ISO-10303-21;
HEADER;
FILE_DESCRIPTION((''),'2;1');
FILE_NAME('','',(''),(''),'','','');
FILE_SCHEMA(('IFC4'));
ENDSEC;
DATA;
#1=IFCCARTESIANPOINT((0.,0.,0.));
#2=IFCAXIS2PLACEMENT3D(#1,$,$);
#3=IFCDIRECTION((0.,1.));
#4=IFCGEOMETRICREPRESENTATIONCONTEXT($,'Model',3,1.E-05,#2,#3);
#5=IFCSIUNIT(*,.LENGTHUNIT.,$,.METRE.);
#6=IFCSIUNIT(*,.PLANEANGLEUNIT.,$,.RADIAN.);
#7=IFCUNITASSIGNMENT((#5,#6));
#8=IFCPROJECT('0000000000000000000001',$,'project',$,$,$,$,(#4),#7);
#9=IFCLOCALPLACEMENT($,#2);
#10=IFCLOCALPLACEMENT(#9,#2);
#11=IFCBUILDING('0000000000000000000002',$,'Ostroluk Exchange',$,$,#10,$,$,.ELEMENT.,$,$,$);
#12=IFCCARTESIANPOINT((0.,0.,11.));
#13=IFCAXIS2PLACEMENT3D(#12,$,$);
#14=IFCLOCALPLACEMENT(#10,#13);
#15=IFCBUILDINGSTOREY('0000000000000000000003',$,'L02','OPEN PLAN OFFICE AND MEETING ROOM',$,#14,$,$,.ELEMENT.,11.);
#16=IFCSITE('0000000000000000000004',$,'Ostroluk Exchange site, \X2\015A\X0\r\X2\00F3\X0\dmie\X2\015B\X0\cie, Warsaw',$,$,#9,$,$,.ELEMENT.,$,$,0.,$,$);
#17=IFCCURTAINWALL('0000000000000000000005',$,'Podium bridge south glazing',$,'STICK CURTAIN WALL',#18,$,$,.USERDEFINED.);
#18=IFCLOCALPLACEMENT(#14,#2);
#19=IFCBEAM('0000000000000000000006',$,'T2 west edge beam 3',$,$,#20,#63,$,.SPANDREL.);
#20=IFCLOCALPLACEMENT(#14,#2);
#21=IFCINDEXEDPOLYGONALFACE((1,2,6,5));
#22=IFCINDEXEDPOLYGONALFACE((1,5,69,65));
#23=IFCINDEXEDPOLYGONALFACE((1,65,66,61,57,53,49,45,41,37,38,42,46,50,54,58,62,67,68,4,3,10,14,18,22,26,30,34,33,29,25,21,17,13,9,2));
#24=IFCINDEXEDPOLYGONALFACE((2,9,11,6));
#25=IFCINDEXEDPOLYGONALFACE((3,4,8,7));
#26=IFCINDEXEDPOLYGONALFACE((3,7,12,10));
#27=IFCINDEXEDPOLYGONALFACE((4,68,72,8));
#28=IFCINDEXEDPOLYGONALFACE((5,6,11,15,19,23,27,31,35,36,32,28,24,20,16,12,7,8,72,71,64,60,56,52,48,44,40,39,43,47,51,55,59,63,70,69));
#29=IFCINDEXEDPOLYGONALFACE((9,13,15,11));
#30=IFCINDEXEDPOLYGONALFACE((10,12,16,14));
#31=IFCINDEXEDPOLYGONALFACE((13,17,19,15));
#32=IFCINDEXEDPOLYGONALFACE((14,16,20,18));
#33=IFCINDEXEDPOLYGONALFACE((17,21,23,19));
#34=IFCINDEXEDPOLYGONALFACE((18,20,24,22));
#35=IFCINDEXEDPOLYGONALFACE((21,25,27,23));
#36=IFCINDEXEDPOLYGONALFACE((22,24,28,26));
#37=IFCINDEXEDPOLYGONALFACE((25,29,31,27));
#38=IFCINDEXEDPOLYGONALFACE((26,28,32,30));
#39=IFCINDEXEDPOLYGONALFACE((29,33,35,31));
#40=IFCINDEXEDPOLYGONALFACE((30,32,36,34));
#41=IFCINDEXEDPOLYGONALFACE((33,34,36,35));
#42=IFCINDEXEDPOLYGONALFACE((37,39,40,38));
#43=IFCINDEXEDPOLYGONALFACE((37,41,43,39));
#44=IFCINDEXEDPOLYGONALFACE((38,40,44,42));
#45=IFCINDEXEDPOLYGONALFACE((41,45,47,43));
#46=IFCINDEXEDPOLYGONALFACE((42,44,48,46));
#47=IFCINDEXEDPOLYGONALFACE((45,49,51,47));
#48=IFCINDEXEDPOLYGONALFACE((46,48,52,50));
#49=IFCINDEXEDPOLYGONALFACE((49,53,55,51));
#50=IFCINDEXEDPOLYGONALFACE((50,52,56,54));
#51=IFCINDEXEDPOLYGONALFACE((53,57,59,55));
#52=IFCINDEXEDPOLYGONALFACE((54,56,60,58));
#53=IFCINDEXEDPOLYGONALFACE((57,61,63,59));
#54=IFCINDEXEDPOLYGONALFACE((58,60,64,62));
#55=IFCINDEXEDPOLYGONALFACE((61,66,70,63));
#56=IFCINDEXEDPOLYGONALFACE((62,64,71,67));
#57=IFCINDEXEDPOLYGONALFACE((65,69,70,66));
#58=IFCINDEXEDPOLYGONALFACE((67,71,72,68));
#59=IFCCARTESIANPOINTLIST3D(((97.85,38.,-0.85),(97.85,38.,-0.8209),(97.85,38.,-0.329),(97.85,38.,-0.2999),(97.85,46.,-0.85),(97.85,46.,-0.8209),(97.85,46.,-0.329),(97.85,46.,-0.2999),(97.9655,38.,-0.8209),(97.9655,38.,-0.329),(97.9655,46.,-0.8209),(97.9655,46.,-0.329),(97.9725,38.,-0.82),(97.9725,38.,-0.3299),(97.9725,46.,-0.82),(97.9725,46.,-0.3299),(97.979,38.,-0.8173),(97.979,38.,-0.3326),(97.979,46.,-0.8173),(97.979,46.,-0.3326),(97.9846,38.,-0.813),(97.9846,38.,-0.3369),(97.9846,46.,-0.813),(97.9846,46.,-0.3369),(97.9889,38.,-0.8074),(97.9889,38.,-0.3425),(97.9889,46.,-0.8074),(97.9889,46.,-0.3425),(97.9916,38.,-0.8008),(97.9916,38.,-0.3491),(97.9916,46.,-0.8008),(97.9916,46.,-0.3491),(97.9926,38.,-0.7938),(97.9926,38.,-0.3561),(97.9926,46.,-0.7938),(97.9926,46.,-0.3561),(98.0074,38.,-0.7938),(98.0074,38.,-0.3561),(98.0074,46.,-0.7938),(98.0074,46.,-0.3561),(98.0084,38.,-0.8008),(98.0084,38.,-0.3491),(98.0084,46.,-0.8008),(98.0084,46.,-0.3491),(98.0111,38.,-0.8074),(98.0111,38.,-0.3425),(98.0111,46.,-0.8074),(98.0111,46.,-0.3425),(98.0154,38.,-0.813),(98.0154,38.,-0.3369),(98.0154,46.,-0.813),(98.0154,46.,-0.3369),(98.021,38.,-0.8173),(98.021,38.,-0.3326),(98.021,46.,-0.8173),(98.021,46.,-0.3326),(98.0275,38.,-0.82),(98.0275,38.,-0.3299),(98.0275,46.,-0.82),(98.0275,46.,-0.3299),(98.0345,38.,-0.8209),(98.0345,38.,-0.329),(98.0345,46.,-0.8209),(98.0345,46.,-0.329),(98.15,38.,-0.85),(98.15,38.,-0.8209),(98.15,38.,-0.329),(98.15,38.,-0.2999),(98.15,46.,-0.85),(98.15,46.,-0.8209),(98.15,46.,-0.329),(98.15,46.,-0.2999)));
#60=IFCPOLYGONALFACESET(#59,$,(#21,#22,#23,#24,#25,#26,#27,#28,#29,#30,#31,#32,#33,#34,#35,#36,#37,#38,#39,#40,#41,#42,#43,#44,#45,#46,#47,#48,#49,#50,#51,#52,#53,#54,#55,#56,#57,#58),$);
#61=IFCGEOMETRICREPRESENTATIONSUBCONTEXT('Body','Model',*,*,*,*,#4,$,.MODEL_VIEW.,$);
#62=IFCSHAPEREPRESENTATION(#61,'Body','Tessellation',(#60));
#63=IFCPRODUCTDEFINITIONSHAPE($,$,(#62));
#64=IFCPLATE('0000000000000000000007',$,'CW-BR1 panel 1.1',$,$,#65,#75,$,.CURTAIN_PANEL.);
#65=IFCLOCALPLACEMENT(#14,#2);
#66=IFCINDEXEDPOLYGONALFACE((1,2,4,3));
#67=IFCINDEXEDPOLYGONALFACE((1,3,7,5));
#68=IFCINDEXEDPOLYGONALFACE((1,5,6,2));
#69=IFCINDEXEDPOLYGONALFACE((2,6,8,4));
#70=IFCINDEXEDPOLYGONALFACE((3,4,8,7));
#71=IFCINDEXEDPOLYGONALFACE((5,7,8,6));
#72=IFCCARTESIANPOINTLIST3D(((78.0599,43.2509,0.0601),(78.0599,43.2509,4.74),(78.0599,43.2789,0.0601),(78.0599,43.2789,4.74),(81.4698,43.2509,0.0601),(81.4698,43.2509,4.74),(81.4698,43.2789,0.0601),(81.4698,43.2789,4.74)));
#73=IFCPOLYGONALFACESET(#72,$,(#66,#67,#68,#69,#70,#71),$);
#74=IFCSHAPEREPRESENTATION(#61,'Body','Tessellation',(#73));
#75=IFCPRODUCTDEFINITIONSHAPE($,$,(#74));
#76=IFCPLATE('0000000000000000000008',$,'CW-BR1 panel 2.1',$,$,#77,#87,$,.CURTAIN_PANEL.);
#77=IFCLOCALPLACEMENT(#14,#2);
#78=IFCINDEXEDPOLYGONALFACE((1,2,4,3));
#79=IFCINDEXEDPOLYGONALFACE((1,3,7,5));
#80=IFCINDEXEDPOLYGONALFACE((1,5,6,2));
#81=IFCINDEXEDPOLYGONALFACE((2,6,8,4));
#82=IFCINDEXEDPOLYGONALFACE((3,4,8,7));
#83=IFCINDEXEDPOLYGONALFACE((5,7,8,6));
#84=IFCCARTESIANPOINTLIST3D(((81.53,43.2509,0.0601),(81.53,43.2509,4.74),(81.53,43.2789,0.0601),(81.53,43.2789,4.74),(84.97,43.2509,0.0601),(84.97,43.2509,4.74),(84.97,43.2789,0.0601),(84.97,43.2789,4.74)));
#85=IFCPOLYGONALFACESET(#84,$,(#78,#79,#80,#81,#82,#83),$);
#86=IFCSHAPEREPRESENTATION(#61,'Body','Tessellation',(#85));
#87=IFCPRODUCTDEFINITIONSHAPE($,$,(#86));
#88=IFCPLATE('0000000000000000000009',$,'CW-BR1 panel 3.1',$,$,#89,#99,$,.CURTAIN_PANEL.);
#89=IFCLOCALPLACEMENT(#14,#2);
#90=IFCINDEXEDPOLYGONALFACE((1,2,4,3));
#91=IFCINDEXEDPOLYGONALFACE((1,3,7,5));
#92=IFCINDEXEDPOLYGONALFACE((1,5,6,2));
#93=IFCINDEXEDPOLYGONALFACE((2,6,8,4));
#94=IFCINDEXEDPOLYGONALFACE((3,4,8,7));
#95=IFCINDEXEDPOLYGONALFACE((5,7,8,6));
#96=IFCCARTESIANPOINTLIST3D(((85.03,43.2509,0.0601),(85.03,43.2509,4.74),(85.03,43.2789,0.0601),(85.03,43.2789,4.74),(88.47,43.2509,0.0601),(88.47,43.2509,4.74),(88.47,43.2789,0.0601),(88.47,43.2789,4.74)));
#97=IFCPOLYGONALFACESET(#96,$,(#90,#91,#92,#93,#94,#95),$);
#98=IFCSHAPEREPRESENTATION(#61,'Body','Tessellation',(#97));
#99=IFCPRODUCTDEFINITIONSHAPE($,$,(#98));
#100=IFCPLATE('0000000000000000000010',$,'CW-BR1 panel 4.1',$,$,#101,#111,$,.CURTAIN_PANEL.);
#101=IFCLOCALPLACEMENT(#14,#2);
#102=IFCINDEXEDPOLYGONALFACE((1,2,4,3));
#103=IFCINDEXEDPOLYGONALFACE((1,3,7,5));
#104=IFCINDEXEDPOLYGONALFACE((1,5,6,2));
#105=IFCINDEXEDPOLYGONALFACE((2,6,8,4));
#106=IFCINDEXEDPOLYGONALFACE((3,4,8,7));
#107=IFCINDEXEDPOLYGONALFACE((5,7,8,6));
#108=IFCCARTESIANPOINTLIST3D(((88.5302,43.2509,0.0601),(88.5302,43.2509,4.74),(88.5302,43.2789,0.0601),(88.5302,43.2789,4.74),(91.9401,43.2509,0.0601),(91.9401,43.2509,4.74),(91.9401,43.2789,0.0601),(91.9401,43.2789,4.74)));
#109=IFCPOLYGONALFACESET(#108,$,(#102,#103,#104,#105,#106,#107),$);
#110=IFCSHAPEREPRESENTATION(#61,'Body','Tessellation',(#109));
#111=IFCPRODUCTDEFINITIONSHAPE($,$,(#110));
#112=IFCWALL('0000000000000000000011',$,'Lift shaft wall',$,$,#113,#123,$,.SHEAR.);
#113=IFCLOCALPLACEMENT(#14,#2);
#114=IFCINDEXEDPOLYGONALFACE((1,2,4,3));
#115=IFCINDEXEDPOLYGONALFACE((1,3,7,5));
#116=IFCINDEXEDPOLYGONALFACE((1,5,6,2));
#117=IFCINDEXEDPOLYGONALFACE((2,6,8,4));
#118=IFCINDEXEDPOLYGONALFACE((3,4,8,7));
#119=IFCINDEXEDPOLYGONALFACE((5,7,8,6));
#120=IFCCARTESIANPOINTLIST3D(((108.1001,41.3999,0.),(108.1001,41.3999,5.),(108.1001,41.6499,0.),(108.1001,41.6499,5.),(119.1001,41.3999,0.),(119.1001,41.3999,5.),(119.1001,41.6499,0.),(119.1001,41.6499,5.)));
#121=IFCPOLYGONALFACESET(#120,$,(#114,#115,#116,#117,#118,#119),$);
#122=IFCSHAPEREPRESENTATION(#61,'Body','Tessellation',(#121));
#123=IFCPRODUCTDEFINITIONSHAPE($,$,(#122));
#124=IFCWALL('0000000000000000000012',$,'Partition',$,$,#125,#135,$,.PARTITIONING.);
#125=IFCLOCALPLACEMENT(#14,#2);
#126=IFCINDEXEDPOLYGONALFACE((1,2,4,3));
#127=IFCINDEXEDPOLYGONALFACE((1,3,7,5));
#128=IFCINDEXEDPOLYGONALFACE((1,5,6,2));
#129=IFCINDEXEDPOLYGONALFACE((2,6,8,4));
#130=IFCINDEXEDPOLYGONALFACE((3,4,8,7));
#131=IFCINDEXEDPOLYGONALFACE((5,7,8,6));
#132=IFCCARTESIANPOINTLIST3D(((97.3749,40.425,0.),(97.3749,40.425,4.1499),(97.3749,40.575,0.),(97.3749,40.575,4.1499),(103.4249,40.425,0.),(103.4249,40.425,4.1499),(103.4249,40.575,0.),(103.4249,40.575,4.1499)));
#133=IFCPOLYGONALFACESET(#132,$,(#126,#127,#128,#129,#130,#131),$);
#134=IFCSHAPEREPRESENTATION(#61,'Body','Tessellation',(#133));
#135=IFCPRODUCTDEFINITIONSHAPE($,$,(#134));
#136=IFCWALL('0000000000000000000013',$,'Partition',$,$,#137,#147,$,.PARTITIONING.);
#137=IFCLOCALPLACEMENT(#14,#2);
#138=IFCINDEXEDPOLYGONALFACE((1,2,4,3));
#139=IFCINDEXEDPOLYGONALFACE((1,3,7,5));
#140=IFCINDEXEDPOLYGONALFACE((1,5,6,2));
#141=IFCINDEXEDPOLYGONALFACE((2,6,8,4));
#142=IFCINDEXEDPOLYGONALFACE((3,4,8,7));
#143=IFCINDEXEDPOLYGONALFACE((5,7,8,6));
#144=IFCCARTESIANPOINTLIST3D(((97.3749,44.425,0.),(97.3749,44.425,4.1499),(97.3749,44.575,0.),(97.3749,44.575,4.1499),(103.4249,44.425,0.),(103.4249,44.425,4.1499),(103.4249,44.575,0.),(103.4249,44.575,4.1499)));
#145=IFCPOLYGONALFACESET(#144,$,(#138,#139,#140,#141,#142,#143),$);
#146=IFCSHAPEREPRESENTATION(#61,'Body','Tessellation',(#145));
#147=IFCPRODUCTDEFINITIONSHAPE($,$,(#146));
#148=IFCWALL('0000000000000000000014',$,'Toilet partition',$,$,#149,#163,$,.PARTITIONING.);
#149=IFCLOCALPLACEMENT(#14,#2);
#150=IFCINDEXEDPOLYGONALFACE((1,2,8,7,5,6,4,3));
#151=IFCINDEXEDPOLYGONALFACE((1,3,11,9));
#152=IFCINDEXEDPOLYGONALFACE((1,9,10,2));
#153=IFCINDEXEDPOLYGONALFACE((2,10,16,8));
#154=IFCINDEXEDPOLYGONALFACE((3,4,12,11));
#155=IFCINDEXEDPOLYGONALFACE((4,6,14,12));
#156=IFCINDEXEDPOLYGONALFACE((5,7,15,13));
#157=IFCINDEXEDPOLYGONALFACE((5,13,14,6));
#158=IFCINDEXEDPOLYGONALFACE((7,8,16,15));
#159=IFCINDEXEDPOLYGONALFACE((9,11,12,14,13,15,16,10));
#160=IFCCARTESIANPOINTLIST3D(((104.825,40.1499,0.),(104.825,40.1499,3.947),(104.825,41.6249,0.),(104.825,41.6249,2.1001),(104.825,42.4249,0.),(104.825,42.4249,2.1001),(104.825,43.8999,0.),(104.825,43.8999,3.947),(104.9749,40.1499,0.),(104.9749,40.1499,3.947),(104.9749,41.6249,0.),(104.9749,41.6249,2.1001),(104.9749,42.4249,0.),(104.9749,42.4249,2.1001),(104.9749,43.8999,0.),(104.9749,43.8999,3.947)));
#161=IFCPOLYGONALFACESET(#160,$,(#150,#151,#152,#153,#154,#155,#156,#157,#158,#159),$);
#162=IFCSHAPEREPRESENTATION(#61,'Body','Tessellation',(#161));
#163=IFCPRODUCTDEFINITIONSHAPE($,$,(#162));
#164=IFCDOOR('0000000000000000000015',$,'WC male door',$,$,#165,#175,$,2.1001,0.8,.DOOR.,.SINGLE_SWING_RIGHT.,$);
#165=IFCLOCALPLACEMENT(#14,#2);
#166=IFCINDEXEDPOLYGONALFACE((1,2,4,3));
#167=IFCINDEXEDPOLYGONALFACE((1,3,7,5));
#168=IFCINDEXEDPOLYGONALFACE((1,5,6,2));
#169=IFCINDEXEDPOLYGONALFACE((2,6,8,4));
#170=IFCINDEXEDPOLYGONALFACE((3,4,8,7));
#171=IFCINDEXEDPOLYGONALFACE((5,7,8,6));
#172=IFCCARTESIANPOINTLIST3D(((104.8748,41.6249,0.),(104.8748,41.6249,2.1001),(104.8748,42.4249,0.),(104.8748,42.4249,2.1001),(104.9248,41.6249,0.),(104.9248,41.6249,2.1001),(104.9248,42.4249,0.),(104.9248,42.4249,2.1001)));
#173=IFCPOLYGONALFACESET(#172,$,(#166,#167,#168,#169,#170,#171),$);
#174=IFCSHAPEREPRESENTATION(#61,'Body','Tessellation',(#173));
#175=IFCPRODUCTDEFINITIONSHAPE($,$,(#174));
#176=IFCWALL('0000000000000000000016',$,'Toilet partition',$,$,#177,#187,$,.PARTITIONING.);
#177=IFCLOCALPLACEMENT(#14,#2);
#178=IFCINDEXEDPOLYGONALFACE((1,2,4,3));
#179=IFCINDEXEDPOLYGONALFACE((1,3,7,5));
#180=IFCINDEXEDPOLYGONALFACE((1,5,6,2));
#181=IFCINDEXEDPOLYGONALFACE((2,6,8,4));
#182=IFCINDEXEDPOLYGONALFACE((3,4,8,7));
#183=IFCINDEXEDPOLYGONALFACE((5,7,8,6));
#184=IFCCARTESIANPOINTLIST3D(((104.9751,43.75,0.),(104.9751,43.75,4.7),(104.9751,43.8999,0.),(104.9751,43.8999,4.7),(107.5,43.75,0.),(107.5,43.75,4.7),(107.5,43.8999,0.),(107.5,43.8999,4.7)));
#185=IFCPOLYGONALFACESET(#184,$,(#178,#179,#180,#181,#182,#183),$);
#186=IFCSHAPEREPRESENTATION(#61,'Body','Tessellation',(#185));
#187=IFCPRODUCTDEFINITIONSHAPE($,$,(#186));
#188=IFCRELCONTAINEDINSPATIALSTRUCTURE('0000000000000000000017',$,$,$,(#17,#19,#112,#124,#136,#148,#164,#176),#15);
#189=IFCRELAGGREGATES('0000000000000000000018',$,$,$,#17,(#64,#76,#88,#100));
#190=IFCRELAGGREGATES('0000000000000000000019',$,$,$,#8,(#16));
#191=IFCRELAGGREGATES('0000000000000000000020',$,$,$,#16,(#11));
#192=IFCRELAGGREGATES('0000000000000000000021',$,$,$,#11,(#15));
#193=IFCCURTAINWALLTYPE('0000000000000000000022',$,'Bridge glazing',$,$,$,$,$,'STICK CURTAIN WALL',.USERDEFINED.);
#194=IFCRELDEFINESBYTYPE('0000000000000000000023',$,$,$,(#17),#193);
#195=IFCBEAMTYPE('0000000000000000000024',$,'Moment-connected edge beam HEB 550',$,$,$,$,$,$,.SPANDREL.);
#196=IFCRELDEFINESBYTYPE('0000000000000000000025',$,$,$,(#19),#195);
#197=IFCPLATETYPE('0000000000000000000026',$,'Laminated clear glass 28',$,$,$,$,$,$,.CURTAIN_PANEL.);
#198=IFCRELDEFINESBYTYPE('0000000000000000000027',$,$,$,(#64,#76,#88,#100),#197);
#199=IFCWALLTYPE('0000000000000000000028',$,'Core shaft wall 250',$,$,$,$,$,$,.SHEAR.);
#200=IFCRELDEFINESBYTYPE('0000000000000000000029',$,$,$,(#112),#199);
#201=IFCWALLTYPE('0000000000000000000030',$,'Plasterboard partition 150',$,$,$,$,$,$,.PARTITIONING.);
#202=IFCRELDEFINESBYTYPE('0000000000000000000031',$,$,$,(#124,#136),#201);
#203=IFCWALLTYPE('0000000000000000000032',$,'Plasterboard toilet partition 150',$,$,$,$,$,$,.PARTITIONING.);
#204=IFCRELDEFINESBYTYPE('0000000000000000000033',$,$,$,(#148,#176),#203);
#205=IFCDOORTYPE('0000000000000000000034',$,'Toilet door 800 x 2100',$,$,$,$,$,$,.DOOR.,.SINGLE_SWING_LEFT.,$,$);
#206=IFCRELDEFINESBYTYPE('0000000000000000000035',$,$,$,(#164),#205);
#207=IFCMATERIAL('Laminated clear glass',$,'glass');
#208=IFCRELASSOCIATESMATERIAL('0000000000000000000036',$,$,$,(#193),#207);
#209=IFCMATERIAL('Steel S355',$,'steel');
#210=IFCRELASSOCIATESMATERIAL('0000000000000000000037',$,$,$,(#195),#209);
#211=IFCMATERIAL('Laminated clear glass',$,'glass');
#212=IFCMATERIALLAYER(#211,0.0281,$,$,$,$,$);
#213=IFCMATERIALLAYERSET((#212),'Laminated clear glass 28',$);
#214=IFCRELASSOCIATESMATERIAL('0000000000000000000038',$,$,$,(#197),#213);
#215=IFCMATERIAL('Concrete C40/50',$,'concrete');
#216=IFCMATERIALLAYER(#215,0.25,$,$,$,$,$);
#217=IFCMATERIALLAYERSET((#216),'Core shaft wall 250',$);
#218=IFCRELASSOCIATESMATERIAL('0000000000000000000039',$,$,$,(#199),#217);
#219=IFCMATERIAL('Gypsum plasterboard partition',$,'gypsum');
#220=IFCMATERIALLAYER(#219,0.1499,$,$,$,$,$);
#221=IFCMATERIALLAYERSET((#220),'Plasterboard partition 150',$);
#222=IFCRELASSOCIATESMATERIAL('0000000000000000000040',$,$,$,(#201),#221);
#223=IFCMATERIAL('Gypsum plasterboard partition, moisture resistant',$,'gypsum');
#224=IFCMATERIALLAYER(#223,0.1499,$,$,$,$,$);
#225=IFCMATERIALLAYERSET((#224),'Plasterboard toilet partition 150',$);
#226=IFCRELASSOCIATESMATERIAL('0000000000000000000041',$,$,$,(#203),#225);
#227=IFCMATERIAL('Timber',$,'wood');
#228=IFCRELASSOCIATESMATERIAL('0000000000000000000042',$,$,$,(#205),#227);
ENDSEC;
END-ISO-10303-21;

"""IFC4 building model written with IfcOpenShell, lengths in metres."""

from ifc_helpers import new_model, si_unit, direction, frame, frame_2d, origin, origin_2d, place, context, subcontext, project, spatial, rectangle, i_section, extrude, material, layer, layer_set, material_profile, profile_set, type_object, element, fill, aggregate, save


model = new_model("IFC4")

# Units and contexts
model_context = context("Model", 3, precision=1e-05, world=origin(), true_north=direction((0.0, 1.0)))
body_context = subcontext(model_context, "Body", "Model", "MODEL_VIEW")
ifc_project = project(units=[si_unit("LENGTHUNIT", "METRE"), si_unit("PLANEANGLEUNIT", "RADIAN")], contexts=[model_context])

# Site, building, storey
site_placement = place(None, origin())
site = spatial("IfcSite", under=ifc_project, at=site_placement, Name="Ostroluk Exchange site, Śródmieście, Warsaw", CompositionType="ELEMENT", RefElevation=0.0)
building_placement = place(site_placement, origin())
building = spatial("IfcBuilding", under=site, at=building_placement, Name="Ostroluk Exchange", CompositionType="ELEMENT")
storey_placement = place(building_placement, frame((0.0, 0.0, 11.0)))
storey = spatial("IfcBuildingStorey", under=building, at=storey_placement, Name="L02", Description="OPEN PLAN OFFICE AND MEETING ROOM", CompositionType="ELEMENT", Elevation=11.0)

# Curtain wall
ifc_material_1 = material(Name="Laminated clear glass", Category="glass")
curtain_wall_type = type_object("IfcCurtainWallType", Name="Bridge glazing", ElementType="STICK CURTAIN WALL", PredefinedType="USERDEFINED", material=ifc_material_1)
curtain_wall_placement = place(storey_placement, origin())
curtain_wall = element("IfcCurtainWall", 1, at=curtain_wall_placement, inside=storey, type_object=curtain_wall_type, Name="Podium bridge south glazing", ObjectType="STICK CURTAIN WALL", PredefinedType="USERDEFINED")

# Beam
ifc_material_2 = material(Name="Steel S355", Category="steel")
ifc_material_profile_1 = material_profile(ifc_material_2, i_section(OverallWidth=0.3, OverallDepth=0.55, WebThickness=0.0149, FlangeThickness=0.0291, FilletRadius=0.0271, at=origin_2d()), Name="HEB 550")
ifc_profile_set_1 = profile_set([ifc_material_profile_1], Name="Steel S355")
beam_type_1 = type_object("IfcBeamType", Name="Moment-connected edge beam HEB 550", PredefinedType="SPANDREL", material=ifc_profile_set_1)
beam_1_placement = place(storey_placement, frame((98.0, 46.0, -0.575), z_axis=(0.0, -1.0, 0.0), x_axis=(1.0, 0.0, 0.0)))
element("IfcBeam", 2, at=beam_1_placement, inside=storey, type_object=beam_type_1, Name="T2 west edge beam 3", PredefinedType="SPANDREL", context=body_context, shape_type="SweptSolid", body=[
    extrude(i_section(OverallWidth=0.3, OverallDepth=0.55, WebThickness=0.0149, FlangeThickness=0.0291, FilletRadius=0.0271, at=origin_2d()), origin(), (0.0, 0.0, 1.0), 8.0),
])

# Plates
ifc_material_3 = material(Name="Laminated clear glass", Category="glass")
ifc_layer_1 = layer(ifc_material_3, 0.0281)
ifc_layer_set_1 = layer_set([ifc_layer_1], Name="Laminated clear glass 28")
plate_type = type_object("IfcPlateType", Name="Laminated clear glass 28", PredefinedType="CURTAIN_PANEL", material=ifc_layer_set_1)
plate_1_placement = place(storey_placement, frame((79.7649, 43.2649, 0.0601), z_axis=(0.0, 0.0, 1.0), x_axis=(1.0, 0.0, 0.0)))
plate_1 = element("IfcPlate", 3, at=plate_1_placement, type_object=plate_type, Name="CW-BR1 panel 1.1", PredefinedType="CURTAIN_PANEL", context=body_context, shape_type="SweptSolid", body=[
    extrude(rectangle(XDim=3.4099, YDim=0.0281, at=origin_2d()), origin(), (0.0, 0.0, 1.0), 4.6799),
])
plate_2_placement = place(storey_placement, frame((83.25, 43.2649, 0.0601), z_axis=(0.0, 0.0, 1.0), x_axis=(1.0, 0.0, 0.0)))
plate_2 = element("IfcPlate", 4, at=plate_2_placement, type_object=plate_type, Name="CW-BR1 panel 2.1", PredefinedType="CURTAIN_PANEL", context=body_context, shape_type="SweptSolid", body=[
    extrude(rectangle(XDim=3.4399, YDim=0.0281, at=origin_2d()), origin(), (0.0, 0.0, 1.0), 4.6799),
])
plate_3_placement = place(storey_placement, frame((86.75, 43.2649, 0.0601), z_axis=(0.0, 0.0, 1.0), x_axis=(1.0, 0.0, 0.0)))
plate_3 = element("IfcPlate", 5, at=plate_3_placement, type_object=plate_type, Name="CW-BR1 panel 3.1", PredefinedType="CURTAIN_PANEL", context=body_context, shape_type="SweptSolid", body=[
    extrude(rectangle(XDim=3.4399, YDim=0.0281, at=origin_2d()), origin(), (0.0, 0.0, 1.0), 4.6799),
])
plate_4_placement = place(storey_placement, frame((90.2351, 43.2649, 0.0601), z_axis=(0.0, 0.0, 1.0), x_axis=(1.0, 0.0, 0.0)))
plate_4 = element("IfcPlate", 6, at=plate_4_placement, type_object=plate_type, Name="CW-BR1 panel 4.1", PredefinedType="CURTAIN_PANEL", context=body_context, shape_type="SweptSolid", body=[
    extrude(rectangle(XDim=3.4099, YDim=0.0281, at=origin_2d()), origin(), (0.0, 0.0, 1.0), 4.6799),
])
aggregate(curtain_wall, [plate_1, plate_2, plate_3, plate_4])

# Walls
ifc_material_4 = material(Name="Concrete C40/50", Category="concrete")
ifc_layer_2 = layer(ifc_material_4, 0.25)
ifc_layer_set_2 = layer_set([ifc_layer_2], Name="Core shaft wall 250")
wall_type_1 = type_object("IfcWallType", Name="Core shaft wall 250", PredefinedType="SHEAR", material=ifc_layer_set_2)
wall_1_placement = place(storey_placement, frame((108.1001, 41.5249, 0.0), z_axis=(0.0, 0.0, 1.0), x_axis=(1.0, 0.0, 0.0)))
element("IfcWall", 7, at=wall_1_placement, inside=storey, type_object=wall_type_1, Name="Lift shaft wall", PredefinedType="SHEAR", context=body_context, shape_type="SweptSolid", body=[
    extrude(rectangle(XDim=11.0, YDim=0.25, at=frame_2d((5.5, 0.0))), origin(), (0.0, 0.0, 1.0), 5.0),
])
ifc_material_5 = material(Name="Gypsum plasterboard partition", Category="gypsum")
ifc_layer_3 = layer(ifc_material_5, 0.1499)
ifc_layer_set_3 = layer_set([ifc_layer_3], Name="Plasterboard partition 150")
wall_type_2 = type_object("IfcWallType", Name="Plasterboard partition 150", PredefinedType="PARTITIONING", material=ifc_layer_set_3)
for number, where, z_axis, x_axis, name in (
    (8, (97.375, 40.5, 0.0), (0.0, 0.0, 1.0), (1.0, 0.0, 0.0), "Partition"),
    (9, (97.375, 44.5, 0.0), (0.0, 0.0, 1.0), (1.0, 0.0, 0.0), "Partition"),
):
    element("IfcWall", number, at=place(storey_placement, frame(where, z_axis=z_axis, x_axis=x_axis)), inside=storey, type_object=wall_type_2, Name=name, PredefinedType="PARTITIONING", context=body_context, shape_type="SweptSolid", body=[
        extrude(rectangle(XDim=6.05, YDim=0.1499, at=frame_2d((3.0249, 0.0))), origin(), (0.0, 0.0, 1.0), 4.1499),
    ])

# Wall, opening, door
ifc_material_6 = material(Name="Gypsum plasterboard partition, moisture resistant", Category="gypsum")
ifc_layer_4 = layer(ifc_material_6, 0.1499)
ifc_layer_set_4 = layer_set([ifc_layer_4], Name="Plasterboard toilet partition 150")
wall_type_3 = type_object("IfcWallType", Name="Plasterboard toilet partition 150", PredefinedType="PARTITIONING", material=ifc_layer_set_4)
wall_2_placement = place(storey_placement, frame((104.8999, 43.8999, 0.0), z_axis=(0.0, 0.0, 1.0), x_axis=(0.0, -1.0, 0.0)))
wall_2 = element("IfcWall", 10, at=wall_2_placement, inside=storey, type_object=wall_type_3, Name="Toilet partition", PredefinedType="PARTITIONING", context=body_context, shape_type="SweptSolid", body=[
    extrude(rectangle(XDim=3.75, YDim=0.1499, at=frame_2d((1.875, 0.0))), origin(), (0.0, 0.0, 1.0), 3.947),
])
opening_placement = place(wall_2_placement, frame((1.4751, 0.0, 0.0)))
opening = element("IfcOpeningElement", 11, at=opening_placement, cuts=wall_2, PredefinedType="OPENING", context=body_context, shape_type="SweptSolid", body=[
    extrude(rectangle(XDim=0.8, YDim=2.1001, at=frame_2d((0.3999, 1.05))), frame((0.0, 0.085, 0.0), z_axis=(0.0, -1.0, 0.0), x_axis=(1.0, 0.0, 0.0)), (0.0, 0.0, 1.0), 0.1699),
])
ifc_material_7 = material(Name="Timber", Category="wood")
door_type = type_object("IfcDoorType", Name="Toilet door 800 x 2100", OperationType="SINGLE_SWING_LEFT", PredefinedType="DOOR", material=ifc_material_7)
door_placement = place(opening_placement, origin())
door = element("IfcDoor", 12, at=door_placement, inside=storey, type_object=door_type, Name="WC male door", OperationType="SINGLE_SWING_RIGHT", OverallHeight=2.1001, OverallWidth=0.8, PredefinedType="DOOR", context=body_context, shape_type="SweptSolid", body=[
    extrude(rectangle(XDim=0.8, YDim=2.1001, at=frame_2d((0.3999, 1.05))), frame((0.0, 0.0249, 0.0), z_axis=(0.0, -1.0, 0.0), x_axis=(1.0, 0.0, 0.0)), (0.0, 0.0, 1.0), 0.05),
])
fill(opening, door)

# Wall
wall_3_placement = place(storey_placement, frame((104.9751, 43.825, 0.0), z_axis=(0.0, 0.0, 1.0), x_axis=(1.0, 0.0, 0.0)))
element("IfcWall", 13, at=wall_3_placement, inside=storey, type_object=wall_type_3, Name="Toilet partition", PredefinedType="PARTITIONING", context=body_context, shape_type="SweptSolid", body=[
    extrude(rectangle(XDim=2.5249, YDim=0.1499, at=frame_2d((1.2625, 0.0))), origin(), (0.0, 0.0, 1.0), 4.7),
])

save(model, "model.ifc")
